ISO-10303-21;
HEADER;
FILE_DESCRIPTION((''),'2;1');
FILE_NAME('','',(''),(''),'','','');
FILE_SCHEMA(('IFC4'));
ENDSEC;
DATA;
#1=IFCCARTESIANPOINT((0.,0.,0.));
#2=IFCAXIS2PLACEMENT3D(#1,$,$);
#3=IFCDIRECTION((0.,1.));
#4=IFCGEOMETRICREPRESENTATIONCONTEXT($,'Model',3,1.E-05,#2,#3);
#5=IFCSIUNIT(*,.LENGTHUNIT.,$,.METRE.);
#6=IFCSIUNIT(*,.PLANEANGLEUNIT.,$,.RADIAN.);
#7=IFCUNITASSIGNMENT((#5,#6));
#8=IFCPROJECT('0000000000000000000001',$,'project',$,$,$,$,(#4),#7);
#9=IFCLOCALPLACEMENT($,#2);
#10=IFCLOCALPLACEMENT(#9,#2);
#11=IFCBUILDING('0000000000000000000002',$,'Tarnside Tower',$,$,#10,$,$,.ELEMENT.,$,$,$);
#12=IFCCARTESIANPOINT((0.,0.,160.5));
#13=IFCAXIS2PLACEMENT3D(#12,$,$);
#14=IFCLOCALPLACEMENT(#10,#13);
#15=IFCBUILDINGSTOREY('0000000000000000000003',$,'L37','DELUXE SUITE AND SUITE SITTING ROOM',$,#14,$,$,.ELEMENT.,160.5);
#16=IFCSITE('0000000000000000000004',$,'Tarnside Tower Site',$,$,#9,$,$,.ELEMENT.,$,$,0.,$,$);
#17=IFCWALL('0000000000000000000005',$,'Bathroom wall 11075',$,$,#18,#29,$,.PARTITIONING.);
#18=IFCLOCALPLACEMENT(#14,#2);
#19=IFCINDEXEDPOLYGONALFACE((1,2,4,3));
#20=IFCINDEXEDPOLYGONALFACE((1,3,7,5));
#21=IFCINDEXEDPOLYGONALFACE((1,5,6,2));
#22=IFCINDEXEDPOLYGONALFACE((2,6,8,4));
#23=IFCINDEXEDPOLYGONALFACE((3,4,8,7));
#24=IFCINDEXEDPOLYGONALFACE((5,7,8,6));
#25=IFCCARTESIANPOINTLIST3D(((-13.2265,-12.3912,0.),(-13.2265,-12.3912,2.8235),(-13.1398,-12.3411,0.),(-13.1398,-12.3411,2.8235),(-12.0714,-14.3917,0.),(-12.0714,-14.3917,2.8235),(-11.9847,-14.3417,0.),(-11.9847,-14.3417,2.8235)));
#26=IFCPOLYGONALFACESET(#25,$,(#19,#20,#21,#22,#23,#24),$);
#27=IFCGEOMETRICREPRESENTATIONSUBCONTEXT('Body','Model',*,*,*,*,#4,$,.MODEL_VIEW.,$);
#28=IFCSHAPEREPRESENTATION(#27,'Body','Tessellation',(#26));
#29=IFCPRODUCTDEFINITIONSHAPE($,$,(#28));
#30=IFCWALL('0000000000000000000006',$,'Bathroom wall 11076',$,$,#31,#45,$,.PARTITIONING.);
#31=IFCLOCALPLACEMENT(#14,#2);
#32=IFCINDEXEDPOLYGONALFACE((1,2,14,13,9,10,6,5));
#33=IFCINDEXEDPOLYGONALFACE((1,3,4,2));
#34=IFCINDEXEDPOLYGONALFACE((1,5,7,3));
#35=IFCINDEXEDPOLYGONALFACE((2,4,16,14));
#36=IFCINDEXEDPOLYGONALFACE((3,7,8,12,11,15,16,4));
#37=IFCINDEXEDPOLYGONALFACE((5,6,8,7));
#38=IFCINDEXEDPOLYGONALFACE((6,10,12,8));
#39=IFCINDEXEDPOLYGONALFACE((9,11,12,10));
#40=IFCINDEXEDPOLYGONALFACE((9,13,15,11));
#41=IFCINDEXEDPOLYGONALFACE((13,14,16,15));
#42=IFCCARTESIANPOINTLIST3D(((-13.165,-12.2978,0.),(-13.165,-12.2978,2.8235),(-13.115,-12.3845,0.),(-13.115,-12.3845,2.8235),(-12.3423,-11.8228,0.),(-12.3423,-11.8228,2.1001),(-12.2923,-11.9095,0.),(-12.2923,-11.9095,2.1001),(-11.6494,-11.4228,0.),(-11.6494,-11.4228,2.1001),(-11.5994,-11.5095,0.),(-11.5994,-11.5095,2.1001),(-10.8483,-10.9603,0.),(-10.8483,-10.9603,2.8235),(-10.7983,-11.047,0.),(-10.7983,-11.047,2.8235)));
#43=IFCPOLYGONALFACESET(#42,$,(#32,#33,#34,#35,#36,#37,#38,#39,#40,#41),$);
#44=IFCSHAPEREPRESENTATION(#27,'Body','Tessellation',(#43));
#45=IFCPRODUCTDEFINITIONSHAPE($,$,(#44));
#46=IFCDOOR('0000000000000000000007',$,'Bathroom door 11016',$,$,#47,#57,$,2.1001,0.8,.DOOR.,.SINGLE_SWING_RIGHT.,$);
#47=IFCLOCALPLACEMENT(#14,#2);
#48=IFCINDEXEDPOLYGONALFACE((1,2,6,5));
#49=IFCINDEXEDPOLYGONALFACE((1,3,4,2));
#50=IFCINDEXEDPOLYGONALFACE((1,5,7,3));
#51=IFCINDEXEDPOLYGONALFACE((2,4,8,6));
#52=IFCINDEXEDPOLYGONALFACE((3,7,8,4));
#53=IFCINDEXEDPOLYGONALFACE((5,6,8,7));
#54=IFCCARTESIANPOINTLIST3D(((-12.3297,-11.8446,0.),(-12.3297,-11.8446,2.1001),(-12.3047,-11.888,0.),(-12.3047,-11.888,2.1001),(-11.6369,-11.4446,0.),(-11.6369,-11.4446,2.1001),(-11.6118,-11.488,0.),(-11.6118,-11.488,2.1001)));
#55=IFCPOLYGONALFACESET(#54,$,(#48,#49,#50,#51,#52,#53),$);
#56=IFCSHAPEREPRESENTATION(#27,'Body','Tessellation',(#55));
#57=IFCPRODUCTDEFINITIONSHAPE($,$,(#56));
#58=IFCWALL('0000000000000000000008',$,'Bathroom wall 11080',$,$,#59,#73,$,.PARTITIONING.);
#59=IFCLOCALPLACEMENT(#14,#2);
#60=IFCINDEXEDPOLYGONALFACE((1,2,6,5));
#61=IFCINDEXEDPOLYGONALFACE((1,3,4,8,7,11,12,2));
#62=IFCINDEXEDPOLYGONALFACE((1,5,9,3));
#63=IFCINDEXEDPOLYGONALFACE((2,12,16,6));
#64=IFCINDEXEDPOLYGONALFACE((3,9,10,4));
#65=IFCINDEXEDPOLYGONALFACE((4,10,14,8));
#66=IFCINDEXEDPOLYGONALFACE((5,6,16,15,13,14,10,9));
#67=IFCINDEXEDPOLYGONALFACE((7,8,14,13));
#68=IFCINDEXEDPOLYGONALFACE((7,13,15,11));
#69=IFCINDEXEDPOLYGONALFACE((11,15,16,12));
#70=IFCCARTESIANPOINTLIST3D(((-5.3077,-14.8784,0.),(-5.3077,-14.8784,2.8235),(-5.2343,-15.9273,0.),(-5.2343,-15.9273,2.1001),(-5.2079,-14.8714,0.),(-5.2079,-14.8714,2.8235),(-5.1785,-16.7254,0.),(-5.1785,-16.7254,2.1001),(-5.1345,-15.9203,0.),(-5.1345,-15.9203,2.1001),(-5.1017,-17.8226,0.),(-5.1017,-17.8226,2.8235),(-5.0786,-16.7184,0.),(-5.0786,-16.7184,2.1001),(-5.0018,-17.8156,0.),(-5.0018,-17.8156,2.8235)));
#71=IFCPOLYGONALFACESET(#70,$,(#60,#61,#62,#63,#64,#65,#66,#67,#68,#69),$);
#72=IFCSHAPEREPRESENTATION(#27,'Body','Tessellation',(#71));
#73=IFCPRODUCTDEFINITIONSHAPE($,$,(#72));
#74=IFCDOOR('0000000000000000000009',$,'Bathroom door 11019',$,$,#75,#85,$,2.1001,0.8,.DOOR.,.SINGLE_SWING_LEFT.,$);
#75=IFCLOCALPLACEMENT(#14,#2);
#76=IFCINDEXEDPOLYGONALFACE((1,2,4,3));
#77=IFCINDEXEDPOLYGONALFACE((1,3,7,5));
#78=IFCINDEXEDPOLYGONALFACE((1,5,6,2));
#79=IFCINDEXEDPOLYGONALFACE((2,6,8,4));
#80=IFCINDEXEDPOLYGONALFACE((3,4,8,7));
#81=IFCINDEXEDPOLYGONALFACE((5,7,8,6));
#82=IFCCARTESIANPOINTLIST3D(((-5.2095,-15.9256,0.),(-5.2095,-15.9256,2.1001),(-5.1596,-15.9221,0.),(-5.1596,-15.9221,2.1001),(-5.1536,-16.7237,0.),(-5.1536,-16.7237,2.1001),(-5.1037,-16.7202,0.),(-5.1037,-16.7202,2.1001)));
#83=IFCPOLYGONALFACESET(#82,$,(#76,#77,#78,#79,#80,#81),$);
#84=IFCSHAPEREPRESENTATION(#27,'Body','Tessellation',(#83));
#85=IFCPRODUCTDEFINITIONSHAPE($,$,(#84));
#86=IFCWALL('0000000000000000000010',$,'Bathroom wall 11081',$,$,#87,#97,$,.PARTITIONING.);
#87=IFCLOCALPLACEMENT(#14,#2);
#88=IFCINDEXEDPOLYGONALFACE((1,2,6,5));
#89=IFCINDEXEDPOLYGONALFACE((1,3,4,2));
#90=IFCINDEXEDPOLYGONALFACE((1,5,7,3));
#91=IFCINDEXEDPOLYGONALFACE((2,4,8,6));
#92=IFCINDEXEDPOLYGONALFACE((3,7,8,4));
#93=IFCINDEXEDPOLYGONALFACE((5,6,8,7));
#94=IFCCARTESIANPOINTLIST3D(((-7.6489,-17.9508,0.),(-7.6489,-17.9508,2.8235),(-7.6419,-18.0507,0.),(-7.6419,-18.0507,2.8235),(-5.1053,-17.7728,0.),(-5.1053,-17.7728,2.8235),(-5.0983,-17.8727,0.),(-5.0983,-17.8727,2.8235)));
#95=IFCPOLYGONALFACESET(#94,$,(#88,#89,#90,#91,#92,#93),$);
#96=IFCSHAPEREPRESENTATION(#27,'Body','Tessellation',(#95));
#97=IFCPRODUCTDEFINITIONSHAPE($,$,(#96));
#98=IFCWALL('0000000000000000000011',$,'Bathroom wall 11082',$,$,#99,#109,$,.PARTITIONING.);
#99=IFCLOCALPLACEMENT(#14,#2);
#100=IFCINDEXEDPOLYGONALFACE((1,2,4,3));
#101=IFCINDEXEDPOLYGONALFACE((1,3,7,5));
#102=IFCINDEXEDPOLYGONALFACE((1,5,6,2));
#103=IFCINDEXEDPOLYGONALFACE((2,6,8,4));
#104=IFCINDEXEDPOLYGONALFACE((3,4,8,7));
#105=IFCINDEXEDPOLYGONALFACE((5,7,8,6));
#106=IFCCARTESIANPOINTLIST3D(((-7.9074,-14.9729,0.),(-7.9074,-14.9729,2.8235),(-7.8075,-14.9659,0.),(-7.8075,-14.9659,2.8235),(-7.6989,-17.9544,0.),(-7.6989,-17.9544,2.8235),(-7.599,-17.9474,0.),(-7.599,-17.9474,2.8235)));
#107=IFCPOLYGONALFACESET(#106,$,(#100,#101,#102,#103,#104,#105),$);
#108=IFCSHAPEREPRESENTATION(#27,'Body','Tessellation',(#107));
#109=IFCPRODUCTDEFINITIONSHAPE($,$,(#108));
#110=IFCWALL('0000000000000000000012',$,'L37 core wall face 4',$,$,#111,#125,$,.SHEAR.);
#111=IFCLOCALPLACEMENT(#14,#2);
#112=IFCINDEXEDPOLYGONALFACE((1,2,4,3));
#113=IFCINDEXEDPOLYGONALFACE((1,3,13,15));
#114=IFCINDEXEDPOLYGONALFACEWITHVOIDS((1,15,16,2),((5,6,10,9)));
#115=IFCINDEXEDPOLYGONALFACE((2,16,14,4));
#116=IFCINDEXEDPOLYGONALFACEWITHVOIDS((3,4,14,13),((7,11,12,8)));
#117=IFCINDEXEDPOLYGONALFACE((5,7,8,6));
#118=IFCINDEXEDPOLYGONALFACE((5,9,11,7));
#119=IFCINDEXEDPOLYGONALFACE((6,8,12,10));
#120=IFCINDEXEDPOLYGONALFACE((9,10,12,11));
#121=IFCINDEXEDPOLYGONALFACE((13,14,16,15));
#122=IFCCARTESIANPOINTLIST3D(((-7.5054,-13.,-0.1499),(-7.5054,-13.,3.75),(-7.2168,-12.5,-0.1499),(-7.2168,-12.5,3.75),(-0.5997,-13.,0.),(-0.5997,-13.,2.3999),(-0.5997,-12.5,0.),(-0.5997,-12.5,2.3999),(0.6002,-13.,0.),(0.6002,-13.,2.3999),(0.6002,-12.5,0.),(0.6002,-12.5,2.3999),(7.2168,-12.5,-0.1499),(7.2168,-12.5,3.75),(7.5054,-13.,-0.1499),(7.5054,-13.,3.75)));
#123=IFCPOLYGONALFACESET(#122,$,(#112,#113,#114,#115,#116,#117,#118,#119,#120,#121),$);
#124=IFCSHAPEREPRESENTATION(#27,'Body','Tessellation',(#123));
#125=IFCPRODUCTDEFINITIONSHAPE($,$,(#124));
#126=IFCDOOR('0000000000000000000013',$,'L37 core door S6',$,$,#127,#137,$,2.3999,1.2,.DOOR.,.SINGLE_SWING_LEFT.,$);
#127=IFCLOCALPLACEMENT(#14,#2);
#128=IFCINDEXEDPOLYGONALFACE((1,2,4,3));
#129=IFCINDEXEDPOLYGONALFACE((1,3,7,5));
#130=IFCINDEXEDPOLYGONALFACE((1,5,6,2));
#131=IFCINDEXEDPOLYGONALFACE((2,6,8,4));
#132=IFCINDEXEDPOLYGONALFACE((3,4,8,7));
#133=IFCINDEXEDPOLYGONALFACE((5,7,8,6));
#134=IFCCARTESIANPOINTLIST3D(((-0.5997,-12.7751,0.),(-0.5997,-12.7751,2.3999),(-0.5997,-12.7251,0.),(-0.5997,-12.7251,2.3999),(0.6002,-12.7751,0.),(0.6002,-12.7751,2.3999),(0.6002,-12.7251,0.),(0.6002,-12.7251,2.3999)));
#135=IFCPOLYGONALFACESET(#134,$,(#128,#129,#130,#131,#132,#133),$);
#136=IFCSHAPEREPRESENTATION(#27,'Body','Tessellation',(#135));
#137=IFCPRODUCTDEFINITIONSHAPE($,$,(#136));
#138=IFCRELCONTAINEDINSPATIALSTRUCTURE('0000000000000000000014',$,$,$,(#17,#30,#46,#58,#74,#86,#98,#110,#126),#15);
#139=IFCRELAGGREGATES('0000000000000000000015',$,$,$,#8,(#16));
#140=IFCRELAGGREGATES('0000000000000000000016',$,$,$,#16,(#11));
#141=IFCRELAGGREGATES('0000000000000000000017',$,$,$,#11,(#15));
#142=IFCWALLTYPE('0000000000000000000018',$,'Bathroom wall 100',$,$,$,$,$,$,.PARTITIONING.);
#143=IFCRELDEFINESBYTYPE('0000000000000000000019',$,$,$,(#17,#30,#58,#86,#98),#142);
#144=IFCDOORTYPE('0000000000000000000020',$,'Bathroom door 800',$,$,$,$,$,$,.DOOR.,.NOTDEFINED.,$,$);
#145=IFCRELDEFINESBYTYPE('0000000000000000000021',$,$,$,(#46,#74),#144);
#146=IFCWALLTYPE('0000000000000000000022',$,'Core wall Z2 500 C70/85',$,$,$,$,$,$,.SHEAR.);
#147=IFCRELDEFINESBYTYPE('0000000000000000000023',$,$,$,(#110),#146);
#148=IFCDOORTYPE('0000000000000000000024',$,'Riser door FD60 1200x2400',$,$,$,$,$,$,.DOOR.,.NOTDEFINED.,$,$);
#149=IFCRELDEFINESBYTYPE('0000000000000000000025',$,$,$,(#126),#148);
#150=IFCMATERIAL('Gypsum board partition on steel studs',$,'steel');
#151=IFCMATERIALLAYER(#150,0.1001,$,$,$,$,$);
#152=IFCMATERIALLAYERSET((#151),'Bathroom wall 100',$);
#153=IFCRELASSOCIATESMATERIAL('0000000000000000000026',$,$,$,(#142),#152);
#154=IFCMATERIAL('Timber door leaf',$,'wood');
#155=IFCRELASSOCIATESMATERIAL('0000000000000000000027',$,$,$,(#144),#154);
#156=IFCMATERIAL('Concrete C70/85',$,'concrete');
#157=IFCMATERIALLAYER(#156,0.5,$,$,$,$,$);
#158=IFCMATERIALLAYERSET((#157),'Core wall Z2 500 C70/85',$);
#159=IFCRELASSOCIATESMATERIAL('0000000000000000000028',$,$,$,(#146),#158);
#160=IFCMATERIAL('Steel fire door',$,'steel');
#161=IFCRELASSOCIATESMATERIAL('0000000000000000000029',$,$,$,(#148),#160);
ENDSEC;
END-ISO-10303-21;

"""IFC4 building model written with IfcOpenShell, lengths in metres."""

from ifc_helpers import new_model, si_unit, direction, frame, frame_2d, origin, place, context, subcontext, project, spatial, polyline, rectangle, outline, extrude, material, layer, layer_set, type_object, element, fill, save


model = new_model("IFC4")

# Units and contexts
model_context = context("Model", 3, precision=1e-05, world=origin(), true_north=direction((0.0, 1.0)))
body_context = subcontext(model_context, "Body", "Model", "MODEL_VIEW")
ifc_project = project(units=[si_unit("LENGTHUNIT", "METRE"), si_unit("PLANEANGLEUNIT", "RADIAN")], contexts=[model_context])

# Site, building, storey
site_placement = place(None, origin())
site = spatial("IfcSite", under=ifc_project, at=site_placement, Name="Tarnside Tower Site", CompositionType="ELEMENT", RefElevation=0.0)
building_placement = place(site_placement, origin())
building = spatial("IfcBuilding", under=site, at=building_placement, Name="Tarnside Tower", CompositionType="ELEMENT")
storey_placement = place(building_placement, frame((0.0, 0.0, 160.5)))
storey = spatial("IfcBuildingStorey", under=building, at=storey_placement, Name="L37", Description="DELUXE SUITE AND SUITE SITTING ROOM", CompositionType="ELEMENT", Elevation=160.5)

# Wall
ifc_material_1 = material(Name="Gypsum board partition on steel studs", Category="steel")
ifc_layer_1 = layer(ifc_material_1, 0.1001)
ifc_layer_set_1 = layer_set([ifc_layer_1], Name="Bathroom wall 100")
wall_type_1 = type_object("IfcWallType", Name="Bathroom wall 100", PredefinedType="PARTITIONING", material=ifc_layer_set_1)
wall_1_placement = place(storey_placement, frame((-12.0281, -14.3667, 0.0), z_axis=(0.0, 0.0, 1.0), x_axis=(-0.500015, 0.866017, 0.0)))
element("IfcWall", 1, at=wall_1_placement, inside=storey, type_object=wall_type_1, Name="Bathroom wall 11075", PredefinedType="PARTITIONING", context=body_context, shape_type="SweptSolid", body=[
    extrude(rectangle(XDim=2.3101, YDim=0.1001, at=frame_2d((1.155, 0.0))), origin(), (0.0, 0.0, 1.0), 2.8235),
])

# Walls, openings, doors
wall_2_placement = place(storey_placement, frame((-13.1399, -12.3411, 0.0), z_axis=(0.0, 0.0, 1.0), x_axis=(0.866044, 0.499967, 0.0)))
wall_2 = element("IfcWall", 2, at=wall_2_placement, inside=storey, type_object=wall_type_1, Name="Bathroom wall 11076", PredefinedType="PARTITIONING", context=body_context, shape_type="SweptSolid", body=[
    extrude(rectangle(XDim=2.675, YDim=0.1001, at=frame_2d((1.3374, 0.0))), origin(), (0.0, 0.0, 1.0), 2.8235),
])
opening_1_placement = place(wall_2_placement, frame((0.95, 0.0, 0.0)))
opening_1 = element("IfcOpeningElement", 3, at=opening_1_placement, cuts=wall_2, PredefinedType="OPENING", context=body_context, shape_type="SweptSolid", body=[
    extrude(rectangle(XDim=0.8, YDim=2.1001, at=frame_2d((0.3999, 1.05))), frame((0.0, 0.0601, 0.0), z_axis=(0.0, -1.0, 0.0), x_axis=(1.0, 0.0, 0.0)), (0.0, 0.0, 1.0), 0.1201),
])
ifc_material_2 = material(Name="Timber door leaf", Category="wood")
door_type_1 = type_object("IfcDoorType", Name="Bathroom door 800", OperationType="NOTDEFINED", PredefinedType="DOOR", material=ifc_material_2)
door_1_placement = place(opening_1_placement, origin())
door_1 = element("IfcDoor", 4, at=door_1_placement, inside=storey, type_object=door_type_1, Name="Bathroom door 11016", OperationType="SINGLE_SWING_RIGHT", OverallHeight=2.1001, OverallWidth=0.8, PredefinedType="DOOR", context=body_context, shape_type="SweptSolid", body=[
    extrude(rectangle(XDim=0.8, YDim=2.1001, at=frame_2d((0.3999, 1.05))), frame((0.0, 0.0249, 0.0), z_axis=(0.0, -1.0, 0.0), x_axis=(1.0, 0.0, 0.0)), (0.0, 0.0, 1.0), 0.05),
])
fill(opening_1, door_1)
wall_3_placement = place(storey_placement, frame((-5.2578, -14.875, 0.0), z_axis=(0.0, 0.0, 1.0), x_axis=(0.069813, -0.99756, 0.0)))
wall_3 = element("IfcWall", 5, at=wall_3_placement, inside=storey, type_object=wall_type_1, Name="Bathroom wall 11080", PredefinedType="PARTITIONING", context=body_context, shape_type="SweptSolid", body=[
    extrude(rectangle(XDim=2.9514, YDim=0.1001, at=frame_2d((1.4756, 0.0))), origin(), (0.0, 0.0, 1.0), 2.8235),
])
opening_2_placement = place(wall_3_placement, frame((1.0515, 0.0, 0.0)))
opening_2 = element("IfcOpeningElement", 6, at=opening_2_placement, cuts=wall_3, PredefinedType="OPENING", context=body_context, shape_type="SweptSolid", body=[
    extrude(rectangle(XDim=0.8, YDim=2.1001, at=frame_2d((0.3999, 1.05))), frame((0.0, 0.0601, 0.0), z_axis=(0.0, -1.0, 0.0), x_axis=(1.0, 0.0, 0.0)), (0.0, 0.0, 1.0), 0.1201),
])
door_2_placement = place(opening_2_placement, origin())
door_2 = element("IfcDoor", 7, at=door_2_placement, inside=storey, type_object=door_type_1, Name="Bathroom door 11019", OperationType="SINGLE_SWING_LEFT", OverallHeight=2.1001, OverallWidth=0.8, PredefinedType="DOOR", context=body_context, shape_type="SweptSolid", body=[
    extrude(rectangle(XDim=0.8, YDim=2.1001, at=frame_2d((0.3999, 1.05))), frame((0.0, 0.0249, 0.0), z_axis=(0.0, -1.0, 0.0), x_axis=(1.0, 0.0, 0.0)), (0.0, 0.0, 1.0), 0.05),
])
fill(opening_2, door_2)

# Walls
wall_4_placement = place(storey_placement, frame((-5.1018, -17.8228, 0.0), z_axis=(0.0, 0.0, 1.0), x_axis=(-0.997561, -0.069798, 0.0)))
element("IfcWall", 8, at=wall_4_placement, inside=storey, type_object=wall_type_1, Name="Bathroom wall 11081", PredefinedType="PARTITIONING", context=body_context, shape_type="SweptSolid", body=[
    extrude(rectangle(XDim=2.5498, YDim=0.1001, at=frame_2d((1.2749, 0.0))), origin(), (0.0, 0.0, 1.0), 2.8235),
])
wall_5_placement = place(storey_placement, frame((-7.6489, -17.9509, 0.0), z_axis=(0.0, 0.0, 1.0), x_axis=(-0.069761, 0.997564, 0.0)))
element("IfcWall", 9, at=wall_5_placement, inside=storey, type_object=wall_type_1, Name="Bathroom wall 11082", PredefinedType="PARTITIONING", context=body_context, shape_type="SweptSolid", body=[
    extrude(rectangle(XDim=2.9888, YDim=0.1001, at=frame_2d((1.4944, 0.0))), origin(), (0.0, 0.0, 1.0), 2.8235),
])

# Wall, opening, door
ifc_material_3 = material(Name="Concrete C70/85", Category="concrete")
ifc_layer_2 = layer(ifc_material_3, 0.5)
ifc_layer_set_2 = layer_set([ifc_layer_2], Name="Core wall Z2 500 C70/85")
wall_type_2 = type_object("IfcWallType", Name="Core wall Z2 500 C70/85", PredefinedType="SHEAR", material=ifc_layer_set_2)
wall_6_placement = place(storey_placement, frame((-7.3611, -12.75, -0.1499), z_axis=(0.0, 0.0, 1.0), x_axis=(1.0, 0.0, 0.0)))
wall_6 = element("IfcWall", 10, at=wall_6_placement, inside=storey, type_object=wall_type_2, Name="L37 core wall face 4", PredefinedType="SHEAR", context=body_context, shape_type="SweptSolid", body=[
    extrude(outline(polyline([(-0.1443, -0.25), (14.8665, -0.25), (14.5779, 0.25), (0.1443, 0.25), (-0.1443, -0.25)])), origin(), (0.0, 0.0, 1.0), 3.8999),
])
opening_3_placement = place(wall_6_placement, frame((6.7612, 0.0, 0.1499)))
opening_3 = element("IfcOpeningElement", 11, at=opening_3_placement, cuts=wall_6, PredefinedType="OPENING", context=body_context, shape_type="SweptSolid", body=[
    extrude(rectangle(XDim=1.2, YDim=2.3999, at=frame_2d((0.6001, 1.2))), frame((0.0, 0.26, 0.0), z_axis=(0.0, -1.0, 0.0), x_axis=(1.0, 0.0, 0.0)), (0.0, 0.0, 1.0), 0.52),
])
ifc_material_4 = material(Name="Steel fire door", Category="steel")
door_type_2 = type_object("IfcDoorType", Name="Riser door FD60 1200x2400", OperationType="NOTDEFINED", PredefinedType="DOOR", material=ifc_material_4)
door_3_placement = place(opening_3_placement, origin())
door_3 = element("IfcDoor", 12, at=door_3_placement, inside=storey, type_object=door_type_2, Name="L37 core door S6", OperationType="SINGLE_SWING_LEFT", OverallHeight=2.3999, OverallWidth=1.2, PredefinedType="DOOR", context=body_context, shape_type="SweptSolid", body=[
    extrude(rectangle(XDim=1.2, YDim=2.3999, at=frame_2d((0.6001, 1.2))), frame((0.0, 0.0249, 0.0), z_axis=(0.0, -1.0, 0.0), x_axis=(1.0, 0.0, 0.0)), (0.0, 0.0, 1.0), 0.05),
])
fill(opening_3, door_3)

save(model, "model.ifc")
